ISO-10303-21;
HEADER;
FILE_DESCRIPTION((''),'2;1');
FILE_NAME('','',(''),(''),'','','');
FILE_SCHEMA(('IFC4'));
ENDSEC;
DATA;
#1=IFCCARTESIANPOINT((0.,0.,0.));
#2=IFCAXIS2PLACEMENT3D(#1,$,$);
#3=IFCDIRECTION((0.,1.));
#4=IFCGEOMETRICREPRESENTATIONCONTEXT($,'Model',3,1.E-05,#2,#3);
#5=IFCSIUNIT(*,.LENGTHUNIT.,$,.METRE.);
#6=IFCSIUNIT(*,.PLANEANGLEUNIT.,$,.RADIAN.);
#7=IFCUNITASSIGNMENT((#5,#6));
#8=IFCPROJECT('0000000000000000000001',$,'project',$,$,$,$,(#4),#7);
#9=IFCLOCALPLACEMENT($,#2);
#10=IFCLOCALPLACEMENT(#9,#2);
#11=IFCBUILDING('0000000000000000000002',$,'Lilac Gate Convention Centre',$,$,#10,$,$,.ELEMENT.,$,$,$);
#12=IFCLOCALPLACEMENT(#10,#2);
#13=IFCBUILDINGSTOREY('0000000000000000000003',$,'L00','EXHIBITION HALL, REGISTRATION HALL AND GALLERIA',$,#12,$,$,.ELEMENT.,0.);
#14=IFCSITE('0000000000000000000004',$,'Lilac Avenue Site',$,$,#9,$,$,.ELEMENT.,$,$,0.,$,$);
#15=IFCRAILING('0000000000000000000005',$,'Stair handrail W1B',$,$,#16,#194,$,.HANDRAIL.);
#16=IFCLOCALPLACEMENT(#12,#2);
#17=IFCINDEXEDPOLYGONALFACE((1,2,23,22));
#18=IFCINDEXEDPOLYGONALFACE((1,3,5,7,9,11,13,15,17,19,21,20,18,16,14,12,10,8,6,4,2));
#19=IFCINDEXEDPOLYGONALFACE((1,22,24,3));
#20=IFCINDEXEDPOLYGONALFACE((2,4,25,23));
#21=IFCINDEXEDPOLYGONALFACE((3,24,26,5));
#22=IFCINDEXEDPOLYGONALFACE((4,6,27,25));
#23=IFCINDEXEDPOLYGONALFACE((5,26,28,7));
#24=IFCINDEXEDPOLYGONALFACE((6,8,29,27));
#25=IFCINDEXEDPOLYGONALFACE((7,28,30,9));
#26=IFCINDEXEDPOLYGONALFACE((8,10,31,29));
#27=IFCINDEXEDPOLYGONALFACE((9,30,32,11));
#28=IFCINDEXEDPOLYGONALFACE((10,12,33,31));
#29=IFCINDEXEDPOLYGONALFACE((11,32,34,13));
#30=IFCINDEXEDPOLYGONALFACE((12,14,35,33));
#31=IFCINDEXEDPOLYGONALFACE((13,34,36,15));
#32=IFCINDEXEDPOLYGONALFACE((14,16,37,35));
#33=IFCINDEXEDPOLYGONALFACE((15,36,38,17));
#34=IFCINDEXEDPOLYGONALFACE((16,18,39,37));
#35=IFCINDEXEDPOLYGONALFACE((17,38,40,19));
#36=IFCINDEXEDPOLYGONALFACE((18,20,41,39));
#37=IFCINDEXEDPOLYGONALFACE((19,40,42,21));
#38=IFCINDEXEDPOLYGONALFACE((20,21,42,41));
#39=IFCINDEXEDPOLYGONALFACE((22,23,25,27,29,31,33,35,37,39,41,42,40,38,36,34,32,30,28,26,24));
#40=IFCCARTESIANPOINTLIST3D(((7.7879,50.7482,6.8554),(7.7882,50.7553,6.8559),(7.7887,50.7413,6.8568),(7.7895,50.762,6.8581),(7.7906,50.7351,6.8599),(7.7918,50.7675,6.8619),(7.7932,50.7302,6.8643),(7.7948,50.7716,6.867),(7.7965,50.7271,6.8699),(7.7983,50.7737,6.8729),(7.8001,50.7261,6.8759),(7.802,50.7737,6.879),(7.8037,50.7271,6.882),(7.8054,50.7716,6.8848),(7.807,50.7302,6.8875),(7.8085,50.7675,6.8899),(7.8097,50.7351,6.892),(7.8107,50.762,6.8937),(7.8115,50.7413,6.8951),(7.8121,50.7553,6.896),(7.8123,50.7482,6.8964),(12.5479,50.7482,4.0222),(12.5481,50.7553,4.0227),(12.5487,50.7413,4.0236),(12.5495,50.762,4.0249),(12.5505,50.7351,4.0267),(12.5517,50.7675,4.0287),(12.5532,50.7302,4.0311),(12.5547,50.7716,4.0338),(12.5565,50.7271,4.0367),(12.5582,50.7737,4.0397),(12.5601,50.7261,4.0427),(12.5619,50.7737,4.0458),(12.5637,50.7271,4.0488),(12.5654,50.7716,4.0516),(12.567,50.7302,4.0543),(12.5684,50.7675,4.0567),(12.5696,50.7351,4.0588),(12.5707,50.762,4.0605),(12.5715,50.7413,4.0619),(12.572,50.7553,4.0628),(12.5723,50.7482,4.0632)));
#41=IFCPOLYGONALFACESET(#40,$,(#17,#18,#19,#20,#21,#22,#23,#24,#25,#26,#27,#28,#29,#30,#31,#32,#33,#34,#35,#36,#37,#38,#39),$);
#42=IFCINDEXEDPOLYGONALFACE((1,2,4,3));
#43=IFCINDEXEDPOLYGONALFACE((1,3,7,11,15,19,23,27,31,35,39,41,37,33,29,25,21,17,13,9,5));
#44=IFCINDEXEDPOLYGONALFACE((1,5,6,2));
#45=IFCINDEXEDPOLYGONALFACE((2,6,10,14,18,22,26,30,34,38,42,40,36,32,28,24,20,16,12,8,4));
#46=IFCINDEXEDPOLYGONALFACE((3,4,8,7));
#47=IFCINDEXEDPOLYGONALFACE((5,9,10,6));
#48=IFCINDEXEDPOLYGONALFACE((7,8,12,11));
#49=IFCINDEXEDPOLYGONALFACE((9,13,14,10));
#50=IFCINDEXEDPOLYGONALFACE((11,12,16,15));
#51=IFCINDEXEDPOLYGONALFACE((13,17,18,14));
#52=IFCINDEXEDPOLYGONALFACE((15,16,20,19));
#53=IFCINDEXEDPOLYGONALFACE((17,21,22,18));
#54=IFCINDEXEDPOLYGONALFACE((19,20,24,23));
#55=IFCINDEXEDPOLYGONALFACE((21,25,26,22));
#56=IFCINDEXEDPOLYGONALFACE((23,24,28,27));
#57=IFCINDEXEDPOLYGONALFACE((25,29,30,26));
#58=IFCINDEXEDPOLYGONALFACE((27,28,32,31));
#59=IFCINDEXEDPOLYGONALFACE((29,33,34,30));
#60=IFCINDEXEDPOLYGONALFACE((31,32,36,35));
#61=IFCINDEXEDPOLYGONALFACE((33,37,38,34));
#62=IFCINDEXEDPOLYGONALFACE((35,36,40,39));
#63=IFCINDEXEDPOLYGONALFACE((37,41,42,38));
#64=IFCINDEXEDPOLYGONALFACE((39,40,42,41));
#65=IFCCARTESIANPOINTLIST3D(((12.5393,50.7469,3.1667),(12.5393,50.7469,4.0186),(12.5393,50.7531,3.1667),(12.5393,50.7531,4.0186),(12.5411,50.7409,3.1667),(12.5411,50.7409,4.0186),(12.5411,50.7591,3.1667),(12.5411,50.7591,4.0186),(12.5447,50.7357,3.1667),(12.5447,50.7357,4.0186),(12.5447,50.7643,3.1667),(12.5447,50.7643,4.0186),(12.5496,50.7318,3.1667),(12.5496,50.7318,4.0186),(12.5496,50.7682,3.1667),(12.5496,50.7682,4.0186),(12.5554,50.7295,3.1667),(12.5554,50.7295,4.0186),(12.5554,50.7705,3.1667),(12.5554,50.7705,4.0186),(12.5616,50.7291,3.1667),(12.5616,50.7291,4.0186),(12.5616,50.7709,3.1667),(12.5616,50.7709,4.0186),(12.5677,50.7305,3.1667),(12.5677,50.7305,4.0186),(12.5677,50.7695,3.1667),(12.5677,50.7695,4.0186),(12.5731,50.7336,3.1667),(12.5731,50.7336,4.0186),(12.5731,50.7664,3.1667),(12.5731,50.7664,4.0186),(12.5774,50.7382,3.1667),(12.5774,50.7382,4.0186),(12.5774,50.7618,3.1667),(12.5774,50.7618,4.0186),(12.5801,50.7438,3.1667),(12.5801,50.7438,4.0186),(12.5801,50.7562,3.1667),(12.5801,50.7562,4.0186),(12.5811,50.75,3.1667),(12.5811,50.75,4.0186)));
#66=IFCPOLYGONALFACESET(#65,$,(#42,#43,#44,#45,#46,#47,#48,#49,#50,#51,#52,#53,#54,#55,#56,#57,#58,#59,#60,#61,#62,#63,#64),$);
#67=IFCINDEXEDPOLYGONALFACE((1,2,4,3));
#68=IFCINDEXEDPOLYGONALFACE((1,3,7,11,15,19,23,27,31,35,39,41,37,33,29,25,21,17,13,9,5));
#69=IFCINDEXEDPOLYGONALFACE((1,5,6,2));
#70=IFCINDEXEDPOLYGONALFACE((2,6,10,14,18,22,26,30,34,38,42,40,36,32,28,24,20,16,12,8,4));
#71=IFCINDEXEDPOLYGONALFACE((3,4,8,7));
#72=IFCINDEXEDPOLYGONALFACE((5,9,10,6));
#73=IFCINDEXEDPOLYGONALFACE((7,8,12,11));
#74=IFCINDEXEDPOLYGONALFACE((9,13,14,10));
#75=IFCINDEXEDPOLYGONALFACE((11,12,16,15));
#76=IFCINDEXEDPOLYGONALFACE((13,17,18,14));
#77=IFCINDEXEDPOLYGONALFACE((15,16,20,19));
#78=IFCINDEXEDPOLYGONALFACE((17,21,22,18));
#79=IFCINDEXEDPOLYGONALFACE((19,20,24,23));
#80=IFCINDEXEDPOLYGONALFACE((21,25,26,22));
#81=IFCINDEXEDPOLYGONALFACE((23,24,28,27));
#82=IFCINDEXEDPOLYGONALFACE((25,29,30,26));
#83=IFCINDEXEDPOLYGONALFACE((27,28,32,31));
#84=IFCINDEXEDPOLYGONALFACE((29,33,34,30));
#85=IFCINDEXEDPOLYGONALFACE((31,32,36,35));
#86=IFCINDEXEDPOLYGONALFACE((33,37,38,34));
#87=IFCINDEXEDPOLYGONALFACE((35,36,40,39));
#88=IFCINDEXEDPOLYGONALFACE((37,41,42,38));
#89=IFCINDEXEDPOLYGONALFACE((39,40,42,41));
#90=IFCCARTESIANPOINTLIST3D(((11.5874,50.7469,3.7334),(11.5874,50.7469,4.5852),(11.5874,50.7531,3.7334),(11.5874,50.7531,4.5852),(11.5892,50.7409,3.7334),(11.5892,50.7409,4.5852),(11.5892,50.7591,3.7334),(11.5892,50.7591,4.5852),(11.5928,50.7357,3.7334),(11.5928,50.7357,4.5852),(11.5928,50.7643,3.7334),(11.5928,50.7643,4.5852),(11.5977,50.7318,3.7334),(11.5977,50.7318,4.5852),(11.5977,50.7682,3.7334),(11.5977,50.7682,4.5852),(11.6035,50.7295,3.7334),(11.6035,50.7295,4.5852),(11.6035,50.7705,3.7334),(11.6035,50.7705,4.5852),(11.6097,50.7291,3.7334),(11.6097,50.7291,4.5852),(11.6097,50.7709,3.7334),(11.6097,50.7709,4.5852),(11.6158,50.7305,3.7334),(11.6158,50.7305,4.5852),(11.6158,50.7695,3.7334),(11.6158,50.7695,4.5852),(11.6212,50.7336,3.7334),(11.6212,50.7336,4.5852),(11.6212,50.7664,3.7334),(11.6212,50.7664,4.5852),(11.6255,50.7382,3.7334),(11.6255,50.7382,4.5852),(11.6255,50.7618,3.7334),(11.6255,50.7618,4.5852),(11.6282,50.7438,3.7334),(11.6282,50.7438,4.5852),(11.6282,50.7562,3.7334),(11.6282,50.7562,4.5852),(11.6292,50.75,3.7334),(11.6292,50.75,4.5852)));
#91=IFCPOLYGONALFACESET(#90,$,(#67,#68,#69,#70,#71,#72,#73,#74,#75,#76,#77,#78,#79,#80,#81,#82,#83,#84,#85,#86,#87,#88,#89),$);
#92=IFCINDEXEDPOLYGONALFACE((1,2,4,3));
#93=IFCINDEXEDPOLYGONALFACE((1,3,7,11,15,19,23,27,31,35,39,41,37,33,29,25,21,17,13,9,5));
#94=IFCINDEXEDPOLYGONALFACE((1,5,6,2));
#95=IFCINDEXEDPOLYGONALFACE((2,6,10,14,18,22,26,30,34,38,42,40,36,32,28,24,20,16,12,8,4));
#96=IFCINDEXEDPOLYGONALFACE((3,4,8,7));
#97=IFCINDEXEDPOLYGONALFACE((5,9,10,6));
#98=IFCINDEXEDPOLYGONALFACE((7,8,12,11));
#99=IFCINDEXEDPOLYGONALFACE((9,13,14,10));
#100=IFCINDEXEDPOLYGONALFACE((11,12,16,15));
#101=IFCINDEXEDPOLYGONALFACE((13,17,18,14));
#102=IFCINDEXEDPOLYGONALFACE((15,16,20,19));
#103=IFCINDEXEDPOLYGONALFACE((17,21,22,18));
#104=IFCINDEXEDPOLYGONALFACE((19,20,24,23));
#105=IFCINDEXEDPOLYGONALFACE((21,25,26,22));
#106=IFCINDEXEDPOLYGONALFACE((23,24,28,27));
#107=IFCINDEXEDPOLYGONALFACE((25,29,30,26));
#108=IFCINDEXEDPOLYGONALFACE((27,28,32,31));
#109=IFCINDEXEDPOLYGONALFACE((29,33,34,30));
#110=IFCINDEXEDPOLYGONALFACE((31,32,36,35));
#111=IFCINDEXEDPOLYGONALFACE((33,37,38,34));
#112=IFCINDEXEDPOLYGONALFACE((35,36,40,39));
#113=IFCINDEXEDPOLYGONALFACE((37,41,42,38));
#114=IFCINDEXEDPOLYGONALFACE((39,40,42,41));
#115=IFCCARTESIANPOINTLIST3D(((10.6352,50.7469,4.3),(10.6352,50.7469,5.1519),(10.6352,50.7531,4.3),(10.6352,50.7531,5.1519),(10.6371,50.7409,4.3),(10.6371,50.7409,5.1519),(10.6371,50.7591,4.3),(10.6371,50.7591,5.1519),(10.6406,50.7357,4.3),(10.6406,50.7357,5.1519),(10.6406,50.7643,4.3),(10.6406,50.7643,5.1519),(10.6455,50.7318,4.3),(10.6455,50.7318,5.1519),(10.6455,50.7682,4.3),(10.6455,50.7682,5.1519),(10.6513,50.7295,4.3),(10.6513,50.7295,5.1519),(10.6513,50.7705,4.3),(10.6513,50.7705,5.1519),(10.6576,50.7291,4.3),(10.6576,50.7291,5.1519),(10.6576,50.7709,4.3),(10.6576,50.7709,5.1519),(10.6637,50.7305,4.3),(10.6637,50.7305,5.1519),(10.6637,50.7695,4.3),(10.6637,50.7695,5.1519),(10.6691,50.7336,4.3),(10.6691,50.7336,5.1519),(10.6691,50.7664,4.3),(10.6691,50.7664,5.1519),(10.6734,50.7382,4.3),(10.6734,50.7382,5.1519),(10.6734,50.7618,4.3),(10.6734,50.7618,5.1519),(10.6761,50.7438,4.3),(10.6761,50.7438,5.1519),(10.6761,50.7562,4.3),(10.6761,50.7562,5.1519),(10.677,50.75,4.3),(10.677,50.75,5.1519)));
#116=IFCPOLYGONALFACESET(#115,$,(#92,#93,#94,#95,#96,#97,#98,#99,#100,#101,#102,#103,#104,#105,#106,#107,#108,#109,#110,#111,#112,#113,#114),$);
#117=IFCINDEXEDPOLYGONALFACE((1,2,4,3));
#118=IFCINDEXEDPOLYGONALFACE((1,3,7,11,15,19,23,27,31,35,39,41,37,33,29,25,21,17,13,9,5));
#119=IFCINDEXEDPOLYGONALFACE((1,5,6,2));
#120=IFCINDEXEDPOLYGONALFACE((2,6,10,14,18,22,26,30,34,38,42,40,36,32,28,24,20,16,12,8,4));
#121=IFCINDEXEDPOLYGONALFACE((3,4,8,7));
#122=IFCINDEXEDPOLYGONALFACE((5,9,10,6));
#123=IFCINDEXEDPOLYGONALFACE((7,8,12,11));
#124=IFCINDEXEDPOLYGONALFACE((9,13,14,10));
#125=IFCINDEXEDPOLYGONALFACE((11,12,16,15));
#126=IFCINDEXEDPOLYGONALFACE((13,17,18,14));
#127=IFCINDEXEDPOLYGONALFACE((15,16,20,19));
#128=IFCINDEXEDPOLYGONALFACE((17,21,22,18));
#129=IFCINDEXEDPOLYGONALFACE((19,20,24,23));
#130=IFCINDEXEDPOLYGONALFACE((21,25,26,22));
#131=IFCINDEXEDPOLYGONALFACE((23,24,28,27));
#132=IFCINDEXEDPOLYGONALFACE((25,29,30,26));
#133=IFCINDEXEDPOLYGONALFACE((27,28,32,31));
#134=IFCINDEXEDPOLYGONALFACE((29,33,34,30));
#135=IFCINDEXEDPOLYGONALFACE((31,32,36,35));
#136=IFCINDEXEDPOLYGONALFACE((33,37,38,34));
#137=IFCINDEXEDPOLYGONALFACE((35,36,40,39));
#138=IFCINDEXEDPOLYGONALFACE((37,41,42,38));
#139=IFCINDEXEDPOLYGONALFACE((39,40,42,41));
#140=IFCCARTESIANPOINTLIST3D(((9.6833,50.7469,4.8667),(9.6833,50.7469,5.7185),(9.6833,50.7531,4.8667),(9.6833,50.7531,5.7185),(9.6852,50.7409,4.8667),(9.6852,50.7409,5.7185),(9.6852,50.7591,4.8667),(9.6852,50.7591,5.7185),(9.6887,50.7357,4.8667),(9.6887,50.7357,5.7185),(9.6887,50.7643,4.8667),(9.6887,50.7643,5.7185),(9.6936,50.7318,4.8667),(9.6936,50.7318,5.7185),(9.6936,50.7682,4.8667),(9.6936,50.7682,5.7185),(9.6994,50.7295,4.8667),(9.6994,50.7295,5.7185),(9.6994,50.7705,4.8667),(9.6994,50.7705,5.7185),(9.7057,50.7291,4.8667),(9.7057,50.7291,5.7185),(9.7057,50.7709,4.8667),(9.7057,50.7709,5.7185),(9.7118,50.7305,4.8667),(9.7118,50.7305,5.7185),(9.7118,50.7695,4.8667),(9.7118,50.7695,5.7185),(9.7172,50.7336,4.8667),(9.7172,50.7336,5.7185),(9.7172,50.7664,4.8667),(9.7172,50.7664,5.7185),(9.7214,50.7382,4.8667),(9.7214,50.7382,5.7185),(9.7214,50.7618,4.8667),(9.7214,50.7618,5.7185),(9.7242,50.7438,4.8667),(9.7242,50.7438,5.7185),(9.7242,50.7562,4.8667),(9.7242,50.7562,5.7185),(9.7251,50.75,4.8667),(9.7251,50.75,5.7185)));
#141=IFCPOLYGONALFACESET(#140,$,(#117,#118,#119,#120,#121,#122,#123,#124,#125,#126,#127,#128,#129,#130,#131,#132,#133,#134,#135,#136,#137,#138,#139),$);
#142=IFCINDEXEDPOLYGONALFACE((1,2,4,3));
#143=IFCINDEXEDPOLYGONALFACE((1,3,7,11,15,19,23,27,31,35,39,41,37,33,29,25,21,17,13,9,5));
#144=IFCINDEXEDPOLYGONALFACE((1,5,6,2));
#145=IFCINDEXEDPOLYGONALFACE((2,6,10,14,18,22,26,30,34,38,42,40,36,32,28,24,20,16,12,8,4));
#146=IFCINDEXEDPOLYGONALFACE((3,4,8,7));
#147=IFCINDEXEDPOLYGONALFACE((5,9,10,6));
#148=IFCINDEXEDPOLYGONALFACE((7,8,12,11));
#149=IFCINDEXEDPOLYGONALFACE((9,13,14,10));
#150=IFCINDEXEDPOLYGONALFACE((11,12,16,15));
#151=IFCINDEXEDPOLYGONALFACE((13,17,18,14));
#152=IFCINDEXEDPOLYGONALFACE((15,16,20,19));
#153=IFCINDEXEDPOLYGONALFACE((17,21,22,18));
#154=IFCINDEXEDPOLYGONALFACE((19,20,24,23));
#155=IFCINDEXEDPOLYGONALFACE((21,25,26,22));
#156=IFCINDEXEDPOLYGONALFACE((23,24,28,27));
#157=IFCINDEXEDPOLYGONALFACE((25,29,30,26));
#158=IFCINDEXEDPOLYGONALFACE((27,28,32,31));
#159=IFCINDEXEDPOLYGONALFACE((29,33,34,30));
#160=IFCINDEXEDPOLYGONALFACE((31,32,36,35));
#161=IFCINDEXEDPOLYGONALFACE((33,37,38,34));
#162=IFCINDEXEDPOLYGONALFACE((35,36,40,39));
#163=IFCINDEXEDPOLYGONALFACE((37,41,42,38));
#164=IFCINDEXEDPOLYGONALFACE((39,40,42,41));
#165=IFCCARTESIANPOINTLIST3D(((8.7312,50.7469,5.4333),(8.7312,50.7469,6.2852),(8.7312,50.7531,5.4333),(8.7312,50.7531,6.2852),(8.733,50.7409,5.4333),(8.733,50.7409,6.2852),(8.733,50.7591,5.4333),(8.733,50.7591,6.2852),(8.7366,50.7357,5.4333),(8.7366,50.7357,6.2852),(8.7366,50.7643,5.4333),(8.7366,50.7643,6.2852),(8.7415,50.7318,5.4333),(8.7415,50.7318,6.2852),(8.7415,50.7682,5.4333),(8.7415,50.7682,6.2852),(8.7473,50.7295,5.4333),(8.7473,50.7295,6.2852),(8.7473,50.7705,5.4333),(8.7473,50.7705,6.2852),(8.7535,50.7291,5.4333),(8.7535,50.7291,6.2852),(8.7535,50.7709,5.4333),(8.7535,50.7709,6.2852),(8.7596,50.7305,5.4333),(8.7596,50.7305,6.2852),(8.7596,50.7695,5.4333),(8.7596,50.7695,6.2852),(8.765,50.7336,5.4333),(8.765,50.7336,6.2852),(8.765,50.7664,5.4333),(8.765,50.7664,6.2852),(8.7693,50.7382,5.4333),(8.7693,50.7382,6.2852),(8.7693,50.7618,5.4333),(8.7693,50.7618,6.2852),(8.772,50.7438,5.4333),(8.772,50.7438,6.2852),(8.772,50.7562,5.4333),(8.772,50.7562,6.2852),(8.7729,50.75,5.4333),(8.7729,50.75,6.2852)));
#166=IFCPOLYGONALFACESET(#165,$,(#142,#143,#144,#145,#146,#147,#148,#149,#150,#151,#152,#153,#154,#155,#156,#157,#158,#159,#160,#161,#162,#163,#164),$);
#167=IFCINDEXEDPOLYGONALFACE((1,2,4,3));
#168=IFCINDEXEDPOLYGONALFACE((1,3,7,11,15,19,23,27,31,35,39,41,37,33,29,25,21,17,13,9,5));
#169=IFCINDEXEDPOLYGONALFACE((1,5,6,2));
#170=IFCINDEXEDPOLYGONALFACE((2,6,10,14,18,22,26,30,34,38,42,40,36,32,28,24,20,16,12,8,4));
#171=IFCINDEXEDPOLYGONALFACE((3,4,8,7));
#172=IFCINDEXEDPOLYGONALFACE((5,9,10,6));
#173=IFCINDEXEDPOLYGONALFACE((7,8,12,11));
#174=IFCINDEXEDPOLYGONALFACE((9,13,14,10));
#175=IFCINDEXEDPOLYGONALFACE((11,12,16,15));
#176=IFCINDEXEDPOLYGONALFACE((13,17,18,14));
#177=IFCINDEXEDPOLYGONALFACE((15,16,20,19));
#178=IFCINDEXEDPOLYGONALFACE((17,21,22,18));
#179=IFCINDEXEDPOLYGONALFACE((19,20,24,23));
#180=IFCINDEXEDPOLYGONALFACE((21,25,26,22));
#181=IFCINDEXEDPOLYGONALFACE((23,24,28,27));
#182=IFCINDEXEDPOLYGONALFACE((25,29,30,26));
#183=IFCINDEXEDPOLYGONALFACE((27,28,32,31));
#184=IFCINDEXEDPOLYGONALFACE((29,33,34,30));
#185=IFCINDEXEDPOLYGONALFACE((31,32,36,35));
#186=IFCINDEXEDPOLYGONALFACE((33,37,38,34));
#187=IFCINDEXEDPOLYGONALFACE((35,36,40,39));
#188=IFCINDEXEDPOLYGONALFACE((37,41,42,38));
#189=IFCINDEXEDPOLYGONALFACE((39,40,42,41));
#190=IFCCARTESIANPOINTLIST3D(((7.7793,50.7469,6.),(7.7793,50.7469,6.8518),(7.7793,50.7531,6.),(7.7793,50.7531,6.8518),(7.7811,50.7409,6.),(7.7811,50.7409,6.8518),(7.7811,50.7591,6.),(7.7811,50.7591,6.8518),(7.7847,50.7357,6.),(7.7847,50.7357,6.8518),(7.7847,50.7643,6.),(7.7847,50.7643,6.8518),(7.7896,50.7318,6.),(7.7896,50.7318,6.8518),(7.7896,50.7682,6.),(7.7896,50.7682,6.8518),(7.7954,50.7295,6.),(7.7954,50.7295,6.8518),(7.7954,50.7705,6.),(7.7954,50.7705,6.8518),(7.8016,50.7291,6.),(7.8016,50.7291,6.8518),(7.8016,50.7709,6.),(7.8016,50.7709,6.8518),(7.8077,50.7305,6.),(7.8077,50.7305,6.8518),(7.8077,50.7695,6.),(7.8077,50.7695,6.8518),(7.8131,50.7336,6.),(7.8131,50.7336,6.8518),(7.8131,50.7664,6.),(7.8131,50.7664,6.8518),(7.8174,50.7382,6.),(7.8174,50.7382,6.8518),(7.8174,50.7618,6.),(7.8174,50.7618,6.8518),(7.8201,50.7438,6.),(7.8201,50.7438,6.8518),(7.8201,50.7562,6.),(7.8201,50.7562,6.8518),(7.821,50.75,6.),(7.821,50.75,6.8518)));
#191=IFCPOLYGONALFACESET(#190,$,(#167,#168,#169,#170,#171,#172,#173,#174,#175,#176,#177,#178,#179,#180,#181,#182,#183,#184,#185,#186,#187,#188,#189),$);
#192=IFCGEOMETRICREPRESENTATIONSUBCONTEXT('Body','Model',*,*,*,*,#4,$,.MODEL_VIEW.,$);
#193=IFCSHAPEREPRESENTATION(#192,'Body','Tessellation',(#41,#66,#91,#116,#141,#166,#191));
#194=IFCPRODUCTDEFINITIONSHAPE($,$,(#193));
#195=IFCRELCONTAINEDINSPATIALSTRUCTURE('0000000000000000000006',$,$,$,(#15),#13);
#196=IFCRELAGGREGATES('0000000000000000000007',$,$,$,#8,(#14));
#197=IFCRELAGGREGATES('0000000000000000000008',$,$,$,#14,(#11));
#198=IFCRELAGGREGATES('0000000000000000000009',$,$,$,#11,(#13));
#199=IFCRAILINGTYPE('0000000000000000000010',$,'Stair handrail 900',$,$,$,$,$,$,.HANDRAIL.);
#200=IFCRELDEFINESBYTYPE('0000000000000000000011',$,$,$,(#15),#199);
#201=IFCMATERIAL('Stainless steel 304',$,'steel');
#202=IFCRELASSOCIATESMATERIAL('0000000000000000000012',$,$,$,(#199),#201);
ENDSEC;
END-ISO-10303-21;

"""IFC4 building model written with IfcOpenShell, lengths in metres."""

from ifc_helpers import new_model, si_unit, direction, frame, origin, origin_2d, place, context, subcontext, project, spatial, circle, extrude, material, type_object, element, save


model = new_model("IFC4")

# Units and contexts
model_context = context("Model", 3, precision=1e-05, world=origin(), true_north=direction((0.0, 1.0)))
body_context = subcontext(model_context, "Body", "Model", "MODEL_VIEW")
ifc_project = project(units=[si_unit("LENGTHUNIT", "METRE"), si_unit("PLANEANGLEUNIT", "RADIAN")], contexts=[model_context])

# Site, building, storey
site_placement = place(None, origin())
site = spatial("IfcSite", under=ifc_project, at=site_placement, Name="Lilac Avenue Site", CompositionType="ELEMENT", RefElevation=0.0)
building_placement = place(site_placement, origin())
building = spatial("IfcBuilding", under=site, at=building_placement, Name="Lilac Gate Convention Centre", CompositionType="ELEMENT")
storey_placement = place(building_placement, origin())
storey = spatial("IfcBuildingStorey", under=building, at=storey_placement, Name="L00", Description="EXHIBITION HALL, REGISTRATION HALL AND GALLERIA", CompositionType="ELEMENT", Elevation=0.0)

# Shared definitions
ifc_material_1 = material(Name="Stainless steel 304", Category="steel")

# Railing
railing_type = type_object("IfcRailingType", Name="Stair handrail 900", PredefinedType="HANDRAIL", material=ifc_material_1)
for number, where, name in (
    (1, (12.5601, 50.75, 3.1667), "Stair handrail W1B"),
):
    element("IfcRailing", number, at=place(storey_placement, frame(where)), inside=storey, type_object=railing_type, Name=name, PredefinedType="HANDRAIL", context=body_context, shape_type="SweptSolid", body=[
        extrude(circle(Radius=0.0239, at=origin_2d()), frame((0.0, 0.0, 0.876), z_axis=(-0.8593, 0.0, 0.511472), x_axis=(0.0, -1.0, 0.0)), (0.0, 0.0, 1.0), 5.5393),
        extrude(circle(Radius=0.021, at=origin_2d()), origin(), (0.0, 0.0, 1.0), 0.8518),
        extrude(circle(Radius=0.021, at=origin_2d()), frame((-0.9519, 0.0, 0.5667)), (0.0, 0.0, 1.0), 0.8518),
        extrude(circle(Radius=0.021, at=origin_2d()), frame((-1.9041, 0.0, 1.1333)), (0.0, 0.0, 1.0), 0.8518),
        extrude(circle(Radius=0.021, at=origin_2d()), frame((-2.856, 0.0, 1.7)), (0.0, 0.0, 1.0), 0.8518),
        extrude(circle(Radius=0.021, at=origin_2d()), frame((-3.8081, 0.0, 2.2666)), (0.0, 0.0, 1.0), 0.8518),
        extrude(circle(Radius=0.021, at=origin_2d()), frame((-4.76, 0.0, 2.8333)), (0.0, 0.0, 1.0), 0.8518),
    ])

save(model, "model.ifc")
